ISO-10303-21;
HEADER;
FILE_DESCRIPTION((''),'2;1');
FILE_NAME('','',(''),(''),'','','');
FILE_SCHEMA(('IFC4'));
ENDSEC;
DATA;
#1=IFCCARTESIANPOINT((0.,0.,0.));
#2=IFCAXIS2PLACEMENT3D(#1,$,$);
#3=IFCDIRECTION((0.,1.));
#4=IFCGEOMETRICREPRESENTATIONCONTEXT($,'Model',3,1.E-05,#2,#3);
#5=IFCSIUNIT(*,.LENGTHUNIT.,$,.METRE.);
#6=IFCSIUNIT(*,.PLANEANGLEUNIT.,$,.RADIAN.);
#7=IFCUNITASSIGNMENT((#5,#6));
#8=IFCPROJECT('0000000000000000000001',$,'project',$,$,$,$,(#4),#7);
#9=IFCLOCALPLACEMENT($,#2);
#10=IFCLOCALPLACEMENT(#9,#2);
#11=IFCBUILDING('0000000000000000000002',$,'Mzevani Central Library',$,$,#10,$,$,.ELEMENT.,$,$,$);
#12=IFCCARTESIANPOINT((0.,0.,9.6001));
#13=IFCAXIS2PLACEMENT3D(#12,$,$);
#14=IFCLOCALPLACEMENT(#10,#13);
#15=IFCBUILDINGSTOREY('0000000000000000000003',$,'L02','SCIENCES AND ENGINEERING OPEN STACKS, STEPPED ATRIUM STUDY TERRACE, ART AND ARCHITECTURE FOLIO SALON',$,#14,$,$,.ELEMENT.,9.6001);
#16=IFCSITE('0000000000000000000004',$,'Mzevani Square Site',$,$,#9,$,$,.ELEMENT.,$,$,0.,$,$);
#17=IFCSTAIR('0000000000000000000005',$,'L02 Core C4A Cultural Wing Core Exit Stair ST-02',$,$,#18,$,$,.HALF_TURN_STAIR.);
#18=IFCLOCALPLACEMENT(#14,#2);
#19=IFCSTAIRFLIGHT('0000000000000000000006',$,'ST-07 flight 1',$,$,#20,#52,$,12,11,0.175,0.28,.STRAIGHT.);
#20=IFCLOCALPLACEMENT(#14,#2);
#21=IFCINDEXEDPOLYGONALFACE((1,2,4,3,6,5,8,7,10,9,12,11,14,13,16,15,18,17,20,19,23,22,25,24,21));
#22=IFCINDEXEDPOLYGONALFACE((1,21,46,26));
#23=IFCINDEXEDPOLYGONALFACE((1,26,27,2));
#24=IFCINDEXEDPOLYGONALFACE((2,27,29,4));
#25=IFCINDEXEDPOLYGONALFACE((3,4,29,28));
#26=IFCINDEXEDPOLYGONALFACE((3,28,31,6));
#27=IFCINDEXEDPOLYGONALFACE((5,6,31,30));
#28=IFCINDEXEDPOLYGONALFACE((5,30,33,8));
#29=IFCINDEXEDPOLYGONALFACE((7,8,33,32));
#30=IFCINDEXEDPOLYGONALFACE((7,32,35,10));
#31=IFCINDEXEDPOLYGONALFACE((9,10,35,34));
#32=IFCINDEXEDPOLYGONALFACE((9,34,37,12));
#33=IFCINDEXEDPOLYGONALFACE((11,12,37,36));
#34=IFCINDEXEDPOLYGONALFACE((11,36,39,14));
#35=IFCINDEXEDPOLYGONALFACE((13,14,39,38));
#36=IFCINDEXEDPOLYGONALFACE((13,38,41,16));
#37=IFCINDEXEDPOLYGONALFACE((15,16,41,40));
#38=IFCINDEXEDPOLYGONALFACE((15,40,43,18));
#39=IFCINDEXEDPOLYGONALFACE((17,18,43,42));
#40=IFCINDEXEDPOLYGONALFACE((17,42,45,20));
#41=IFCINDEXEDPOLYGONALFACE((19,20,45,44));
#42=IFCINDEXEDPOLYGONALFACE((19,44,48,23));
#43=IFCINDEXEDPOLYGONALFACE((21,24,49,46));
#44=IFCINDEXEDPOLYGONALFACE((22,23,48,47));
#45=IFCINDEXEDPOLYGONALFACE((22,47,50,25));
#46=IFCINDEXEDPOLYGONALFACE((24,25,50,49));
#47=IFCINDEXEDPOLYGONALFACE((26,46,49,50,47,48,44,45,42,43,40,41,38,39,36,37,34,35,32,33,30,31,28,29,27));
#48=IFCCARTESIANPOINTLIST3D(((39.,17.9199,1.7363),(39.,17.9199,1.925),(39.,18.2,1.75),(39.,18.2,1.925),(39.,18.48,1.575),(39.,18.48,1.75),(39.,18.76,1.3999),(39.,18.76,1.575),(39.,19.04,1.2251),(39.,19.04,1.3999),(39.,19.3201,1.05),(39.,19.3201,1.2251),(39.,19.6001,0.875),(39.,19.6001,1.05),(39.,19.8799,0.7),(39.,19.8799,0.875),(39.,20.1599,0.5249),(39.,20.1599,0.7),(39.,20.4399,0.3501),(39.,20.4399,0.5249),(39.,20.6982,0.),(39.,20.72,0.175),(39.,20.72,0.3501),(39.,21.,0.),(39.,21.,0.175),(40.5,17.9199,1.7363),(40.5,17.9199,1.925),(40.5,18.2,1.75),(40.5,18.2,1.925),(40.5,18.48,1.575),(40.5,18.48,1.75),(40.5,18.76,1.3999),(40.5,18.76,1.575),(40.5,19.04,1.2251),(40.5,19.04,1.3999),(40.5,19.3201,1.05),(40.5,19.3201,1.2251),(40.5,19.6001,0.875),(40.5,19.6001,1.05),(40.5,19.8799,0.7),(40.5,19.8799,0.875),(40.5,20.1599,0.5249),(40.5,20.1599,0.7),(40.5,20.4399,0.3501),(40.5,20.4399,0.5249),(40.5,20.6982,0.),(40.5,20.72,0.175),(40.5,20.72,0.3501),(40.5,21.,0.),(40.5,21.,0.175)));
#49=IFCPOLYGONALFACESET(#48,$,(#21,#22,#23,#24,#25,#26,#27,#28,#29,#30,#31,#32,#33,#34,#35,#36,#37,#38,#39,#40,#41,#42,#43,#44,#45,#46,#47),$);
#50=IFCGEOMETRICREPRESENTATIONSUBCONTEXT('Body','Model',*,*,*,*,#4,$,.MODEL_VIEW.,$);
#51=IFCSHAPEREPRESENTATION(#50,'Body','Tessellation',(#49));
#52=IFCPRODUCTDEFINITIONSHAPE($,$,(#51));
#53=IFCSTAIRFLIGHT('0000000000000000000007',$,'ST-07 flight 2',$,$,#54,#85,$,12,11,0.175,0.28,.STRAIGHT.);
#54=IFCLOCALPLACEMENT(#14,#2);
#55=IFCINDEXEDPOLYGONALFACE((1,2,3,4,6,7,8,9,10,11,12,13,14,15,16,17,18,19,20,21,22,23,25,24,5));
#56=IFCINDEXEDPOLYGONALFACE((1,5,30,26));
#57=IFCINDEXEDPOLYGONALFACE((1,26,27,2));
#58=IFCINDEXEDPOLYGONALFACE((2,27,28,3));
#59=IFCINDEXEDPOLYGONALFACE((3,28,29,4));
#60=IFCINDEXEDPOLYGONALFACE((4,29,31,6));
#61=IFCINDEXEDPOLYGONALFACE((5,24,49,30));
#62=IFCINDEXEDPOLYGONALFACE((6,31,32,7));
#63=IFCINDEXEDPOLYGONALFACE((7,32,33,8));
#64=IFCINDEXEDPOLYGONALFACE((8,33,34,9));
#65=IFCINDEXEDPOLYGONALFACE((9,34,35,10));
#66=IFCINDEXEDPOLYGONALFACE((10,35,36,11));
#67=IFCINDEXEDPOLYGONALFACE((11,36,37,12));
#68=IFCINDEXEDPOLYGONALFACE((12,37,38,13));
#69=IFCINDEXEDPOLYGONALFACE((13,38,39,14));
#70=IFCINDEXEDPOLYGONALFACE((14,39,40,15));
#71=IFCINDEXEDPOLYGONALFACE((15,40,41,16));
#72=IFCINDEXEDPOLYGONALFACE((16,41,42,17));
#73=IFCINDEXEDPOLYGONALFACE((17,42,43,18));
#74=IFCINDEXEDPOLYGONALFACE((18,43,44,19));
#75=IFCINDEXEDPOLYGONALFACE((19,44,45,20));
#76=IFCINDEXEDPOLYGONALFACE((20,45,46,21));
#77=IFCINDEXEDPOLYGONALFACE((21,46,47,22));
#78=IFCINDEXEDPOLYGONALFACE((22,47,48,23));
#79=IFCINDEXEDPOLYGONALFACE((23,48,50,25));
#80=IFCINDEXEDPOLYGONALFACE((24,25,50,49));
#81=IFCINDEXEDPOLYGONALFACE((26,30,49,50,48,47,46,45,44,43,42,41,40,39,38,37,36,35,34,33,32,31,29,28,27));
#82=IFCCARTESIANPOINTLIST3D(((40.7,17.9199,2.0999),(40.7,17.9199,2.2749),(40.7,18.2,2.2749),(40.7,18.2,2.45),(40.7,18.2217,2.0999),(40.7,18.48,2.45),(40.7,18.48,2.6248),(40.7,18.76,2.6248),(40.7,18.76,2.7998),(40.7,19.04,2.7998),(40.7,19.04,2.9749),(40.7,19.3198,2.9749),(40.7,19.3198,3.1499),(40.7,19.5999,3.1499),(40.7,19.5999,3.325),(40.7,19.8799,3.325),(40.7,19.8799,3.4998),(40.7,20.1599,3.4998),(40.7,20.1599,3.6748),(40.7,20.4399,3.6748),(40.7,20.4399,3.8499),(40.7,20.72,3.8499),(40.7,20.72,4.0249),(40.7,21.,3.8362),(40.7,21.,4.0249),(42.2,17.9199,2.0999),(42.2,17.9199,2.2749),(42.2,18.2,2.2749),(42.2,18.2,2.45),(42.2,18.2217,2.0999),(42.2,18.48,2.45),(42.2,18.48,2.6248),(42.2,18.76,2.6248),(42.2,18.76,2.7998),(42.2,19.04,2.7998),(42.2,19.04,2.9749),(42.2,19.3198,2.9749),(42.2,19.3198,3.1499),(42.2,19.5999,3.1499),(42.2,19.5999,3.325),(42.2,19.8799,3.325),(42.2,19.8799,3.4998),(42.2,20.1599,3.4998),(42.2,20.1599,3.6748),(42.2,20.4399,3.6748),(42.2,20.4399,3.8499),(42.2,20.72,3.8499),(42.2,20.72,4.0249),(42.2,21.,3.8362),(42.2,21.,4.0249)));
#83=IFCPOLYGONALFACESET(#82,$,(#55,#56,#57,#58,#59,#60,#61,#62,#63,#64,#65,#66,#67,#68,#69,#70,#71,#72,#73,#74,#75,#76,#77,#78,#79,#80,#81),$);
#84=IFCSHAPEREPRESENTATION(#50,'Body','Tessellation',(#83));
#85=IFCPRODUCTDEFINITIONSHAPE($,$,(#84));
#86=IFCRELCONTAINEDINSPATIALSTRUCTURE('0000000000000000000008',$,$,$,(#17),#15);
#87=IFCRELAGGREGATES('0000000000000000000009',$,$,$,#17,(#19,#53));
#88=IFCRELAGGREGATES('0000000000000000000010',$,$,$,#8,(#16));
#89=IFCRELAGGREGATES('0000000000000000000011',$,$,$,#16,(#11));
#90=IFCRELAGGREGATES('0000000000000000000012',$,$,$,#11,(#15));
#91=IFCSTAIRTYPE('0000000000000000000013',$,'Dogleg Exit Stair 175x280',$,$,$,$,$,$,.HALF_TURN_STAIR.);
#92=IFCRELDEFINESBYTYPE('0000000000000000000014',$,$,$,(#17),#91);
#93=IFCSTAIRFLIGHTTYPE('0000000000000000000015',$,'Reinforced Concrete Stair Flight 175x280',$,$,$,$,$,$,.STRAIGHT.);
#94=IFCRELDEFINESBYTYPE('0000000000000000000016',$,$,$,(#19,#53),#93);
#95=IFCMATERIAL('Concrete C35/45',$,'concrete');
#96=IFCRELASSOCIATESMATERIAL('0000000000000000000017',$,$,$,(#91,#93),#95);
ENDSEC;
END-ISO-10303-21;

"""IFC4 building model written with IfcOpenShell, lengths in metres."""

from ifc_helpers import new_model, si_unit, direction, frame, origin, place, context, subcontext, project, spatial, polyline, outline, extrude, material, type_object, element, aggregate, save


model = new_model("IFC4")

# Units and contexts
model_context = context("Model", 3, precision=1e-05, world=origin(), true_north=direction((0.0, 1.0)))
body_context = subcontext(model_context, "Body", "Model", "MODEL_VIEW")
ifc_project = project(units=[si_unit("LENGTHUNIT", "METRE"), si_unit("PLANEANGLEUNIT", "RADIAN")], contexts=[model_context])

# Site, building, storey
site_placement = place(None, origin())
site = spatial("IfcSite", under=ifc_project, at=site_placement, Name="Mzevani Square Site", CompositionType="ELEMENT", RefElevation=0.0)
building_placement = place(site_placement, origin())
building = spatial("IfcBuilding", under=site, at=building_placement, Name="Mzevani Central Library", CompositionType="ELEMENT")
storey_placement = place(building_placement, frame((0.0, 0.0, 9.6001)))
storey = spatial("IfcBuildingStorey", under=building, at=storey_placement, Name="L02", Description="SCIENCES AND ENGINEERING OPEN STACKS, STEPPED ATRIUM STUDY TERRACE, ART AND ARCHITECTURE FOLIO SALON", CompositionType="ELEMENT", Elevation=9.6001)

# Shared definitions
ifc_material_1 = material(Name="Concrete C35/45", Category="concrete")

# Stair, stair flights
stair_type = type_object("IfcStairType", Name="Dogleg Exit Stair 175x280", PredefinedType="HALF_TURN_STAIR", material=ifc_material_1)
stair_placement = place(storey_placement, origin())
stair = element("IfcStair", 1, at=stair_placement, inside=storey, type_object=stair_type, Name="L02 Core C4A Cultural Wing Core Exit Stair ST-02", PredefinedType="HALF_TURN_STAIR")
stair_flight_type = type_object("IfcStairFlightType", Name="Reinforced Concrete Stair Flight 175x280", PredefinedType="STRAIGHT", material=ifc_material_1)
stair_flight_1_placement = place(storey_placement, frame((39.75, 21.0, 0.0), z_axis=(0.0, 0.0, 1.0), x_axis=(0.0, -1.0, 0.0)))
stair_flight_1 = element("IfcStairFlight", 2, at=stair_flight_1_placement, type_object=stair_flight_type, Name="ST-07 flight 1", NumberOfRisers=12, NumberOfTreads=11, PredefinedType="STRAIGHT", RiserHeight=0.175, TreadLength=0.28, context=body_context, shape_type="SweptSolid", body=[
    extrude(outline(polyline([(0.0, 0.0), (0.0, 0.175), (0.28, 0.175), (0.28, 0.3501), (0.5601, 0.3501), (0.5601, 0.5249), (0.8401, 0.5249), (0.8401, 0.7), (1.1201, 0.7), (1.1201, 0.875), (1.3999, 0.875), (1.3999, 1.05), (1.6799, 1.05), (1.6799, 1.2251), (1.96, 1.2251), (1.96, 1.3999), (2.24, 1.3999), (2.24, 1.575), (2.52, 1.575), (2.52, 1.75), (2.8, 1.75), (2.8, 1.925), (3.0801, 1.925), (3.0801, 2.1001), (3.0801, 1.7363), (0.3018, 0.0), (0.0, 0.0)])), frame((0.0, 0.75, 0.0), z_axis=(0.0, -1.0, 0.0), x_axis=(1.0, 0.0, 0.0)), (0.0, 0.0, 1.0), 1.5),
])
stair_flight_2_placement = place(storey_placement, frame((41.45, 17.9199, 2.0999), z_axis=(0.0, 0.0, 1.0), x_axis=(0.0, 1.0, 0.0)))
stair_flight_2 = element("IfcStairFlight", 3, at=stair_flight_2_placement, type_object=stair_flight_type, Name="ST-07 flight 2", NumberOfRisers=12, NumberOfTreads=11, PredefinedType="STRAIGHT", RiserHeight=0.175, TreadLength=0.28, context=body_context, shape_type="SweptSolid", body=[
    extrude(outline(polyline([(0.0, 0.0), (0.0, 0.175), (0.28, 0.175), (0.28, 0.3501), (0.5601, 0.3501), (0.5601, 0.5249), (0.8401, 0.5249), (0.8401, 0.7), (1.1201, 0.7), (1.1201, 0.875), (1.3999, 0.875), (1.3999, 1.05), (1.6799, 1.05), (1.6799, 1.2251), (1.96, 1.2251), (1.96, 1.3999), (2.24, 1.3999), (2.24, 1.575), (2.52, 1.575), (2.52, 1.75), (2.8, 1.75), (2.8, 1.925), (3.0801, 1.925), (3.0801, 2.1001), (3.0801, 1.7363), (0.3018, 0.0), (0.0, 0.0)])), frame((0.0, 0.75, 0.0), z_axis=(0.0, -1.0, 0.0), x_axis=(1.0, 0.0, 0.0)), (0.0, 0.0, 1.0), 1.5),
])
aggregate(stair, [stair_flight_1, stair_flight_2])

save(model, "model.ifc")
